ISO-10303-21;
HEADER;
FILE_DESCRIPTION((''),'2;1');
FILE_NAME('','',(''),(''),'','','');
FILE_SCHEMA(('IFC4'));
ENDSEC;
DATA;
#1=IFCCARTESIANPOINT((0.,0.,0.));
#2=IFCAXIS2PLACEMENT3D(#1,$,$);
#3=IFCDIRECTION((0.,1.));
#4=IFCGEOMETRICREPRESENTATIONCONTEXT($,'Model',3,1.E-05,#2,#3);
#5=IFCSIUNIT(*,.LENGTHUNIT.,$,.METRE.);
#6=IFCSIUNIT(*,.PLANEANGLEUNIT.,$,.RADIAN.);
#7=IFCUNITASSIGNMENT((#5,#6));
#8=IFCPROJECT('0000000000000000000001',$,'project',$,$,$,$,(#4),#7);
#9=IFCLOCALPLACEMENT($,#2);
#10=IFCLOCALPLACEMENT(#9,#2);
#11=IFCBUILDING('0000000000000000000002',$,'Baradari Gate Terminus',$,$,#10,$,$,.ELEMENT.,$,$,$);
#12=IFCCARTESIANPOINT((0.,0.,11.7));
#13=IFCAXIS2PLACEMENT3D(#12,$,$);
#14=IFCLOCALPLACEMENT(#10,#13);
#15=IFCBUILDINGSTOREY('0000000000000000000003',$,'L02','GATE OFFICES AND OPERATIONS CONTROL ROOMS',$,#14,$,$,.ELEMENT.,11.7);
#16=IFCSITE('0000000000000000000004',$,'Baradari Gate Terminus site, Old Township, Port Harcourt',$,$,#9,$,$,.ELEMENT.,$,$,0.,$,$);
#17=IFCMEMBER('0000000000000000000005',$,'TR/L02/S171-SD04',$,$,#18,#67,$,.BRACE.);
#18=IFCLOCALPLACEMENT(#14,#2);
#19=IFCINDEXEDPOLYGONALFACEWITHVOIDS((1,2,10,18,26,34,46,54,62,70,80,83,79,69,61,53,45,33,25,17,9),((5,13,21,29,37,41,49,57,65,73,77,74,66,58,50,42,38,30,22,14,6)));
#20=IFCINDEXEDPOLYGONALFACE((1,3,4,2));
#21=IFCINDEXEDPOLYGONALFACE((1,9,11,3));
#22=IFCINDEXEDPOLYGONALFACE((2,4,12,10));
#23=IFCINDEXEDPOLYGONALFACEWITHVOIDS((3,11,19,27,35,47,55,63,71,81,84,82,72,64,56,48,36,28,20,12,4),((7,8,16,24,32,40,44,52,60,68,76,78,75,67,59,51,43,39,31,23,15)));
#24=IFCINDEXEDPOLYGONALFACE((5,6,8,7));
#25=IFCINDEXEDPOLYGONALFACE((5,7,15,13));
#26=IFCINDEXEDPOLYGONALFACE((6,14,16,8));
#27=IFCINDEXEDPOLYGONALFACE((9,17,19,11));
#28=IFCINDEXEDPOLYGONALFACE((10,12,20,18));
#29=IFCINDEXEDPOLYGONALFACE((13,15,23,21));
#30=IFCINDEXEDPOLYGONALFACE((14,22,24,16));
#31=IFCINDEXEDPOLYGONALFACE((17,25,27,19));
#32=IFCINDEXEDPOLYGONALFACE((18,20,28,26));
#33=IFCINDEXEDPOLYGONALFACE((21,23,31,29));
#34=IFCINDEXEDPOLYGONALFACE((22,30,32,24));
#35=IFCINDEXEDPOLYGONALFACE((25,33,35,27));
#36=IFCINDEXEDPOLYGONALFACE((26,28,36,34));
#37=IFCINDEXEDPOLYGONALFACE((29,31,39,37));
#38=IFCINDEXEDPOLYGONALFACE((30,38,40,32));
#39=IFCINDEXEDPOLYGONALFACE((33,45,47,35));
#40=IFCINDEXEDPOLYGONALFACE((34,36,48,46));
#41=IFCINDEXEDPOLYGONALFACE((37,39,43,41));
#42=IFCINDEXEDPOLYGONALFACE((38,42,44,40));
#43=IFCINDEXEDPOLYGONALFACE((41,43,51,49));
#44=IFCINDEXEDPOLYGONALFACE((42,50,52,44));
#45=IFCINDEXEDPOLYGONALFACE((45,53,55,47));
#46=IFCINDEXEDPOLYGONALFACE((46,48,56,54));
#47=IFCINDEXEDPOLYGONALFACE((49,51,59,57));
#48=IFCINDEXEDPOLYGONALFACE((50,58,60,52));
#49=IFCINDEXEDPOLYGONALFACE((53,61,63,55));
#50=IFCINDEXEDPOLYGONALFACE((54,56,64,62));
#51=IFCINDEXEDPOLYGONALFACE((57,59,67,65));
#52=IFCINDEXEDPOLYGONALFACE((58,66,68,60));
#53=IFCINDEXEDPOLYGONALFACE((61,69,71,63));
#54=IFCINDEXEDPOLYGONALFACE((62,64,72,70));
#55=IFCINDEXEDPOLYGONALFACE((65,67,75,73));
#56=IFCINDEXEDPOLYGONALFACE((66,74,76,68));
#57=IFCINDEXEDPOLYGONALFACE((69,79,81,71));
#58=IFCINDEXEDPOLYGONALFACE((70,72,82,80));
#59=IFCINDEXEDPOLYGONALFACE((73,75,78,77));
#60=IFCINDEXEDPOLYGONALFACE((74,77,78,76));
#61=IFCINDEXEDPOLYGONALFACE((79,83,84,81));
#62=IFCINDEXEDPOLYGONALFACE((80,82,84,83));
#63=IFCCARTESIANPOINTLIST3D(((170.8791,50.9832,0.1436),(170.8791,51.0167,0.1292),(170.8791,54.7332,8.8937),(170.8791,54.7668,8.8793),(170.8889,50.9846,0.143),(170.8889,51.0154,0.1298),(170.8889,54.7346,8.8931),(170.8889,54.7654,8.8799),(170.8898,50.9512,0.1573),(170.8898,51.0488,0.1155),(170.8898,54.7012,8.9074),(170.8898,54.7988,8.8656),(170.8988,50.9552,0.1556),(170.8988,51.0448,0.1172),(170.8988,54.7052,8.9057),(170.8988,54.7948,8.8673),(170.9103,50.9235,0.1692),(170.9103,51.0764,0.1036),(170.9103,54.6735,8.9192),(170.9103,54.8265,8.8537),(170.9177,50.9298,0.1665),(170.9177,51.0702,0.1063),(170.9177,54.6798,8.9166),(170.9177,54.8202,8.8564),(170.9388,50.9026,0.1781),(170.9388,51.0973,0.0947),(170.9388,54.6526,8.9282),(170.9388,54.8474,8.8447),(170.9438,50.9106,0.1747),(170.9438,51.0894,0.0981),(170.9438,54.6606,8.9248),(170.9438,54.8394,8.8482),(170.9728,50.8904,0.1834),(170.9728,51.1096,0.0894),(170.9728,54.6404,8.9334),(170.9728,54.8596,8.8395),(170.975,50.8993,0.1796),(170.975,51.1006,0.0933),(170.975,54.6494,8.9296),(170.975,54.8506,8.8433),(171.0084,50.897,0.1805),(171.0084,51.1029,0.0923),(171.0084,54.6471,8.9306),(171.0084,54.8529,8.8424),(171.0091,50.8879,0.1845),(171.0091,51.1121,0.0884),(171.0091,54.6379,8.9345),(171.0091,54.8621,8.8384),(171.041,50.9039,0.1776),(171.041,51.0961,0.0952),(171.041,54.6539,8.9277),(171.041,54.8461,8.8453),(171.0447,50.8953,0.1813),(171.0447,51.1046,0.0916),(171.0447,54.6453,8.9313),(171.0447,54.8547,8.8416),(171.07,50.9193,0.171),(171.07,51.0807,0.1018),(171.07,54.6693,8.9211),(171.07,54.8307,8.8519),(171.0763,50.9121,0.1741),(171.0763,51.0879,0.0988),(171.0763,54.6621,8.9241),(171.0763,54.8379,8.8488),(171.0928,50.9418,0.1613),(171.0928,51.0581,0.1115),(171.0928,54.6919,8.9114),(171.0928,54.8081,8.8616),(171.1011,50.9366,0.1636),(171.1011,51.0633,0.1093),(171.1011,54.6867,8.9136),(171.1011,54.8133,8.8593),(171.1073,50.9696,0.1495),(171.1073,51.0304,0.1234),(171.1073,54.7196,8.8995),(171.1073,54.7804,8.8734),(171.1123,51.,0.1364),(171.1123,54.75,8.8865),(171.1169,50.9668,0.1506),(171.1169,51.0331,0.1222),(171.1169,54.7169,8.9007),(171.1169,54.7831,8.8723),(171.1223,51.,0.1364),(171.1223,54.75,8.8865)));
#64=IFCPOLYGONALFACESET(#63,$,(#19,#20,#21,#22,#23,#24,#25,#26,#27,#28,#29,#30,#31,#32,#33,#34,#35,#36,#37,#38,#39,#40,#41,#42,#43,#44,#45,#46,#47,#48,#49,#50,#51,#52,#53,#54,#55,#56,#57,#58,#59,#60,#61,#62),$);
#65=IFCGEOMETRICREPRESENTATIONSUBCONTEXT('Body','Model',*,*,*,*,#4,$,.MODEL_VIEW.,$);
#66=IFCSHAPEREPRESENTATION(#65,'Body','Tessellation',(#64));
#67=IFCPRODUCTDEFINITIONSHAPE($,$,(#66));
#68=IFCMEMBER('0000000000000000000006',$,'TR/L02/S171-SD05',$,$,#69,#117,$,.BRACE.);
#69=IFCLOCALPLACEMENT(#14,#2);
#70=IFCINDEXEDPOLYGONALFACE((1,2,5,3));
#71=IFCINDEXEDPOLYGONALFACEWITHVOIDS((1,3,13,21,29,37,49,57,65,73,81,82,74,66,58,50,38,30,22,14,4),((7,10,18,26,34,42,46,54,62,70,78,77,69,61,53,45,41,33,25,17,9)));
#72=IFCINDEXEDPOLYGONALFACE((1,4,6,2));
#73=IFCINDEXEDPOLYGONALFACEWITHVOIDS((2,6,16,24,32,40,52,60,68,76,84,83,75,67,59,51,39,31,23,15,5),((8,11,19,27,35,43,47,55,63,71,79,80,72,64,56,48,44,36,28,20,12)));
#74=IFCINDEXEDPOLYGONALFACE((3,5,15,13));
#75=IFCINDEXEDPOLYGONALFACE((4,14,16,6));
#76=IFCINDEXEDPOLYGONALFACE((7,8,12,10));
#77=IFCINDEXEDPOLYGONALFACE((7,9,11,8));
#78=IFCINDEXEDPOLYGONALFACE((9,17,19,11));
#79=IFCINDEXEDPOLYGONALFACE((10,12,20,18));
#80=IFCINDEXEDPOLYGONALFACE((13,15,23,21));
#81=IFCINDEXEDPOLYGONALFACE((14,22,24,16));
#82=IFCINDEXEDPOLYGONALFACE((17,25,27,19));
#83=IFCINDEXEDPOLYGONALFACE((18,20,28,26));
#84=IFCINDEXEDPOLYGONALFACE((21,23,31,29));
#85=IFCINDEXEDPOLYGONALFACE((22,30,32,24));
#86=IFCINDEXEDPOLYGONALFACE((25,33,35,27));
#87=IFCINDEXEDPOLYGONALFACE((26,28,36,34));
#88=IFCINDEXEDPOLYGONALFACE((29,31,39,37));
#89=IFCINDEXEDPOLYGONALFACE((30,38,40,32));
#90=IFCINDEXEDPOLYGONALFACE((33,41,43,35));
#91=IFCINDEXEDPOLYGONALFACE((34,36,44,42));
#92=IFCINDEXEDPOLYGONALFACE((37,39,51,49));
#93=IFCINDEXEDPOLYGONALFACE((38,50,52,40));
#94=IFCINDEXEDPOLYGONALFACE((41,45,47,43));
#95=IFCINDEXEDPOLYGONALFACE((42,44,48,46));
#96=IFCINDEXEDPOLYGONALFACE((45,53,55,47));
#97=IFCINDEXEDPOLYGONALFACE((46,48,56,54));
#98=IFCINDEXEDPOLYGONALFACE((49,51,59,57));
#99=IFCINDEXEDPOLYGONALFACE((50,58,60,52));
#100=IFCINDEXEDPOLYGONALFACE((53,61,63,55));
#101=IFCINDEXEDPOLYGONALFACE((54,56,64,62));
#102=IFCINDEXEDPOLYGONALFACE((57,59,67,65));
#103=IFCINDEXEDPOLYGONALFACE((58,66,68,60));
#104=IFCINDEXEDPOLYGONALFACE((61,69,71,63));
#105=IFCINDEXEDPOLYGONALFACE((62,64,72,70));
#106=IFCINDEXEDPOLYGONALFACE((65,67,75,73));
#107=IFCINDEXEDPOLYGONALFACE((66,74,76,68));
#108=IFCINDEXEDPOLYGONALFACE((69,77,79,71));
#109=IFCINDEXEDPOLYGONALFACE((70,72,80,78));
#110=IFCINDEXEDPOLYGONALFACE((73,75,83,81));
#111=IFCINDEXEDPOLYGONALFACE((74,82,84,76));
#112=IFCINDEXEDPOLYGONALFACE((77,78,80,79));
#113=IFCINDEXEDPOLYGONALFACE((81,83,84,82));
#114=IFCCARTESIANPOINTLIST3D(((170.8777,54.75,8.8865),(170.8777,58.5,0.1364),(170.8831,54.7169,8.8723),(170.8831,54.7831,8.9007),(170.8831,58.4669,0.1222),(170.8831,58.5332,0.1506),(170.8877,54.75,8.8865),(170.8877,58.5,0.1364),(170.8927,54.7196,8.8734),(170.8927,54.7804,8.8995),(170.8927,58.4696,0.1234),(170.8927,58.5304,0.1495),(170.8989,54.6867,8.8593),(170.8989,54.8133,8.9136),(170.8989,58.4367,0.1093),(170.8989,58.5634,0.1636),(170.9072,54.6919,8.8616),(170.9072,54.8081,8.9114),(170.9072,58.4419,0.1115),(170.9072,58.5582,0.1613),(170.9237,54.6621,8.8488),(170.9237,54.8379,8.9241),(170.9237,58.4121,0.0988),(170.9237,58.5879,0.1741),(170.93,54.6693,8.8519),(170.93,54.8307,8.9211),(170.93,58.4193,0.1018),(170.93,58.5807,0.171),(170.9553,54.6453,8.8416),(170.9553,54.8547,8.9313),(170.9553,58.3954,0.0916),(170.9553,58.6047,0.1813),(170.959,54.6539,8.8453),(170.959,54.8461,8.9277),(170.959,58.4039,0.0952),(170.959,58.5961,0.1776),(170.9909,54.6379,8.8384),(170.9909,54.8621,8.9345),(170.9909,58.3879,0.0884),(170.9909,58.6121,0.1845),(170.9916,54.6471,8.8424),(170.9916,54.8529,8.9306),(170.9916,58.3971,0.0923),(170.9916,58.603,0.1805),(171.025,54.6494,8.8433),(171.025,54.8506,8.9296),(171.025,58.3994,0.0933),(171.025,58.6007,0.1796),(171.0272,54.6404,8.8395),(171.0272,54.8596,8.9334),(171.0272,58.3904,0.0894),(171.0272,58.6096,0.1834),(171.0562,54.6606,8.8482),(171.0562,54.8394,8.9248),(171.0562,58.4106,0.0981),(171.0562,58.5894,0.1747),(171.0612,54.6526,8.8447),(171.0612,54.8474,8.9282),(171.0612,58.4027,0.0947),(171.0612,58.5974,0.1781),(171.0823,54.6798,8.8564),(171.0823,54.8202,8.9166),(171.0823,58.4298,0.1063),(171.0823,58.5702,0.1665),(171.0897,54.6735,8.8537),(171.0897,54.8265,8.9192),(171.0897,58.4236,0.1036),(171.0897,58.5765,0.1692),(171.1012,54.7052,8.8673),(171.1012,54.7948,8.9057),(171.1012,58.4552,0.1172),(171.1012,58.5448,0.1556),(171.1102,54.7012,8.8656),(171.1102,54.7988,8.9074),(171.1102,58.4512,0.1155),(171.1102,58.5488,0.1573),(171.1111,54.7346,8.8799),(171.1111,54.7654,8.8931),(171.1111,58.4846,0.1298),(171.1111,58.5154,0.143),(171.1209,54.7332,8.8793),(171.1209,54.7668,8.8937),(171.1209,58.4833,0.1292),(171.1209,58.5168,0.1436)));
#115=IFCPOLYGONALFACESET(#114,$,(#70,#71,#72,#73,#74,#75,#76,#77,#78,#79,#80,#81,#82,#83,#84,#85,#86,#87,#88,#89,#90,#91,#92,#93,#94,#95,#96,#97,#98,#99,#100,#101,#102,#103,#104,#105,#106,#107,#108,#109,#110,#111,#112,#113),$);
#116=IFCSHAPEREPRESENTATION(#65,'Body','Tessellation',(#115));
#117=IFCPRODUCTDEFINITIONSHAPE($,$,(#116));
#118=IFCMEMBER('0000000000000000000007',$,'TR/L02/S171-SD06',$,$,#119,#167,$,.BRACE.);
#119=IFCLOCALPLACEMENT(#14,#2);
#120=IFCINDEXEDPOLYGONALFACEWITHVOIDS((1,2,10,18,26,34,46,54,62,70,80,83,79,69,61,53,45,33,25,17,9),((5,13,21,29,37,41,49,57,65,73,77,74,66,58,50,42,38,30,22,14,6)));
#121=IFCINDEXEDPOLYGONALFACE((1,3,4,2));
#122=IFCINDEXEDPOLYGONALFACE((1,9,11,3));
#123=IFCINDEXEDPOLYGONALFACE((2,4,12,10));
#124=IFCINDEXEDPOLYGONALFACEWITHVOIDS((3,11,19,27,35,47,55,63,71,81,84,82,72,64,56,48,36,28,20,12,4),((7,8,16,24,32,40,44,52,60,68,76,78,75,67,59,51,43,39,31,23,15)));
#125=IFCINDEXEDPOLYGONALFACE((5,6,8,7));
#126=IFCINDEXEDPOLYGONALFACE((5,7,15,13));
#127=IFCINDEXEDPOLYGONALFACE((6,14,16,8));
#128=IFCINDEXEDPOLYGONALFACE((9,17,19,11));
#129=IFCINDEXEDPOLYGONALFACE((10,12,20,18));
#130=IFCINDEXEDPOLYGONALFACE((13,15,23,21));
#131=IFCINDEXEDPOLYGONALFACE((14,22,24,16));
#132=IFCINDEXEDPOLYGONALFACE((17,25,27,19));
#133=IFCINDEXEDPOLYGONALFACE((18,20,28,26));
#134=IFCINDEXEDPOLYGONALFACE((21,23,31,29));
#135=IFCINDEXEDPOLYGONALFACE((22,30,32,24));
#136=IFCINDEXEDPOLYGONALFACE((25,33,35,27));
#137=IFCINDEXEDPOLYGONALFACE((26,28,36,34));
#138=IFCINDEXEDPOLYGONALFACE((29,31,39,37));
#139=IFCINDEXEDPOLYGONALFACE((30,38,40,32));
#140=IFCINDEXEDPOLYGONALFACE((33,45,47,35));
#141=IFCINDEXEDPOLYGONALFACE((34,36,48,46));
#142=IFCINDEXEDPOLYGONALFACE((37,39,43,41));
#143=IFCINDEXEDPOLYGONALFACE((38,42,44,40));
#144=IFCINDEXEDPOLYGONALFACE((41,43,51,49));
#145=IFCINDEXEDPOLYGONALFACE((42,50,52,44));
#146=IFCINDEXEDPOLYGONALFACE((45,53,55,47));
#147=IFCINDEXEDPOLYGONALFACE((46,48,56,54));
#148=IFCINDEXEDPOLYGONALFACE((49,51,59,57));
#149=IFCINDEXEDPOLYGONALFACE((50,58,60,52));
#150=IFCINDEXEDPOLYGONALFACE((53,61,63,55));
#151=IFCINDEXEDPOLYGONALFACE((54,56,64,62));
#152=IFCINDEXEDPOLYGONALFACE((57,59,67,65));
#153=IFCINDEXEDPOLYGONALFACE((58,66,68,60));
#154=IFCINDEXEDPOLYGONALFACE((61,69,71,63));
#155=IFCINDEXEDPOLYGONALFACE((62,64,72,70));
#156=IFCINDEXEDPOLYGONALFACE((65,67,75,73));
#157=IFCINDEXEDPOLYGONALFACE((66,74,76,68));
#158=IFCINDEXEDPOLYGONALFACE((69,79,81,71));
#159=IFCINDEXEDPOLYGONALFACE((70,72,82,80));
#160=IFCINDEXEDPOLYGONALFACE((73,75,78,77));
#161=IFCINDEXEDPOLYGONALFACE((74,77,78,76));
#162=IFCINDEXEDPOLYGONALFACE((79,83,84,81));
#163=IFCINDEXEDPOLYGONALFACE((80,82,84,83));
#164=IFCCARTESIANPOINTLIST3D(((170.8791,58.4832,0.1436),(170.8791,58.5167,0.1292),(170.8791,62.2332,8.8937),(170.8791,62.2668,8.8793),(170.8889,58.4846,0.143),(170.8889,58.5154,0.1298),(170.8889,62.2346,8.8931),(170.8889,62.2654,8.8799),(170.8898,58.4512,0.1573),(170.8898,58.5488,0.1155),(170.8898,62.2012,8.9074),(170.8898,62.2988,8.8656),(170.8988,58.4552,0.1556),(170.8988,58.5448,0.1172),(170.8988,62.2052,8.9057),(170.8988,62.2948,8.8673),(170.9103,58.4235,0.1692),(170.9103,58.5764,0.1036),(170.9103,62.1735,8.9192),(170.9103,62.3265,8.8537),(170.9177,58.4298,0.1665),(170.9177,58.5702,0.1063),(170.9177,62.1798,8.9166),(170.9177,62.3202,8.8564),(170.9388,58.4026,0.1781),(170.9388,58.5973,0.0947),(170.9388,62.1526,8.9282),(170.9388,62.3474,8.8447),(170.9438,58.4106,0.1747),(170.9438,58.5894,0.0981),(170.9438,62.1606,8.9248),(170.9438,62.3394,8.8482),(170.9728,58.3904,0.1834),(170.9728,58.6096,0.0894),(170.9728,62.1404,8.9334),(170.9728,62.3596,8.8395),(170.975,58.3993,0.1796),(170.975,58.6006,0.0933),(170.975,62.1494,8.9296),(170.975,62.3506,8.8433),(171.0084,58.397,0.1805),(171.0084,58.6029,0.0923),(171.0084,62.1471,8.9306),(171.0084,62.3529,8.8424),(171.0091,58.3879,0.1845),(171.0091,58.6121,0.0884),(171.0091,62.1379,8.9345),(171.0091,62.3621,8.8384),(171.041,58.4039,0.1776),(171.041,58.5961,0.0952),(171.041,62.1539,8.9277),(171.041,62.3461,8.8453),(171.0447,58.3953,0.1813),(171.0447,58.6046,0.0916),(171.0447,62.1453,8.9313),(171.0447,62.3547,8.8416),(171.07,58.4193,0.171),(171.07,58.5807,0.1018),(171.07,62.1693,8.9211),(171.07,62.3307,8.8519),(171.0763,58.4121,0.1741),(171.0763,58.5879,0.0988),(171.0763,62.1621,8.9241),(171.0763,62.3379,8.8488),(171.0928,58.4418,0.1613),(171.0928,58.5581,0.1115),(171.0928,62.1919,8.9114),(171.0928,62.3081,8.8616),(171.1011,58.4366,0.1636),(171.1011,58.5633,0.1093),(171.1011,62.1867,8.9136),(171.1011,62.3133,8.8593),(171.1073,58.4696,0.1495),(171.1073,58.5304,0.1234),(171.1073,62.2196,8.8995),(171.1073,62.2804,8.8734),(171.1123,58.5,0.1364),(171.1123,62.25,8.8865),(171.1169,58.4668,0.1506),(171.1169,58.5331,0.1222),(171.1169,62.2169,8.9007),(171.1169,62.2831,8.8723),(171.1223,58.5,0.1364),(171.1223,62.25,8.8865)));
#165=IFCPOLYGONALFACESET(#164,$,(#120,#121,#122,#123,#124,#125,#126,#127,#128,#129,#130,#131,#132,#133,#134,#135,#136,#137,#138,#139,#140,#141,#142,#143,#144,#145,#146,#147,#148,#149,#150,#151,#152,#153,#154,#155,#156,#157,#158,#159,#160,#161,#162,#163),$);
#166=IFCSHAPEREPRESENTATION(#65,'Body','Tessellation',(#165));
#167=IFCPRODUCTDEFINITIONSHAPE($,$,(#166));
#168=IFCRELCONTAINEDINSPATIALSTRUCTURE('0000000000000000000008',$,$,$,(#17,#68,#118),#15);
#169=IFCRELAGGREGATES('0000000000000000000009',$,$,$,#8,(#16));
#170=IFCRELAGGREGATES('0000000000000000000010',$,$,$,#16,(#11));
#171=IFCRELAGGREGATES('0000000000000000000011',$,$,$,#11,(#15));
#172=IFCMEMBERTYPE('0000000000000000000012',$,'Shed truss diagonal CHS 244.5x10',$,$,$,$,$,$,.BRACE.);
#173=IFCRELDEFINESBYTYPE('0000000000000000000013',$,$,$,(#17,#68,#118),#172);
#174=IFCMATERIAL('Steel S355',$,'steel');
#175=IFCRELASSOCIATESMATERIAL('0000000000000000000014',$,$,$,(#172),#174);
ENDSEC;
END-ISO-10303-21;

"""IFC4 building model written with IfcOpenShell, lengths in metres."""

from ifc_helpers import new_model, si_unit, direction, frame, origin, origin_2d, place, context, subcontext, project, spatial, hollow_circle, extrude, material, material_profile, profile_set, type_object, element, save


model = new_model("IFC4")

# Units and contexts
model_context = context("Model", 3, precision=1e-05, world=origin(), true_north=direction((0.0, 1.0)))
body_context = subcontext(model_context, "Body", "Model", "MODEL_VIEW")
ifc_project = project(units=[si_unit("LENGTHUNIT", "METRE"), si_unit("PLANEANGLEUNIT", "RADIAN")], contexts=[model_context])

# Site, building, storey
site_placement = place(None, origin())
site = spatial("IfcSite", under=ifc_project, at=site_placement, Name="Baradari Gate Terminus site, Old Township, Port Harcourt", CompositionType="ELEMENT", RefElevation=0.0)
building_placement = place(site_placement, origin())
building = spatial("IfcBuilding", under=site, at=building_placement, Name="Baradari Gate Terminus", CompositionType="ELEMENT")
storey_placement = place(building_placement, frame((0.0, 0.0, 11.7)))
storey = spatial("IfcBuildingStorey", under=building, at=storey_placement, Name="L02", Description="GATE OFFICES AND OPERATIONS CONTROL ROOMS", CompositionType="ELEMENT", Elevation=11.7)

# Members
ifc_material_1 = material(Name="Steel S355", Category="steel")
ifc_material_profile_1 = material_profile(ifc_material_1, hollow_circle(Radius=0.1223, WallThickness=0.01, at=origin_2d()), Name="CHS 244.5x10")
ifc_profile_set_1 = profile_set([ifc_material_profile_1], Name="Steel S355")
member_type_1 = type_object("IfcMemberType", Name="Shed truss diagonal CHS 244.5x10", PredefinedType="BRACE", material=ifc_profile_set_1)
for number, where, z_axis, x_axis, name in (
    (1, (171.0, 54.75, 8.8865), (0.0, -0.393919, -0.919145), (1.0, 0.0, 0.0), "TR/L02/S171-SD04"),
    (2, (171.0, 54.75, 8.8865), (0.0, 0.393919, -0.919145), (-1.0, 0.0, 0.0), "TR/L02/S171-SD05"),
    (3, (171.0, 62.25, 8.8865), (0.0, -0.393919, -0.919145), (1.0, 0.0, 0.0), "TR/L02/S171-SD06"),
):
    element("IfcMember", number, at=place(storey_placement, frame(where, z_axis=z_axis, x_axis=x_axis)), inside=storey, type_object=member_type_1, Name=name, PredefinedType="BRACE", context=body_context, shape_type="SweptSolid", body=[
        extrude(hollow_circle(Radius=0.1223, WallThickness=0.01, at=origin_2d()), origin(), (0.0, 0.0, 1.0), 9.5198),
    ])

save(model, "model.ifc")
